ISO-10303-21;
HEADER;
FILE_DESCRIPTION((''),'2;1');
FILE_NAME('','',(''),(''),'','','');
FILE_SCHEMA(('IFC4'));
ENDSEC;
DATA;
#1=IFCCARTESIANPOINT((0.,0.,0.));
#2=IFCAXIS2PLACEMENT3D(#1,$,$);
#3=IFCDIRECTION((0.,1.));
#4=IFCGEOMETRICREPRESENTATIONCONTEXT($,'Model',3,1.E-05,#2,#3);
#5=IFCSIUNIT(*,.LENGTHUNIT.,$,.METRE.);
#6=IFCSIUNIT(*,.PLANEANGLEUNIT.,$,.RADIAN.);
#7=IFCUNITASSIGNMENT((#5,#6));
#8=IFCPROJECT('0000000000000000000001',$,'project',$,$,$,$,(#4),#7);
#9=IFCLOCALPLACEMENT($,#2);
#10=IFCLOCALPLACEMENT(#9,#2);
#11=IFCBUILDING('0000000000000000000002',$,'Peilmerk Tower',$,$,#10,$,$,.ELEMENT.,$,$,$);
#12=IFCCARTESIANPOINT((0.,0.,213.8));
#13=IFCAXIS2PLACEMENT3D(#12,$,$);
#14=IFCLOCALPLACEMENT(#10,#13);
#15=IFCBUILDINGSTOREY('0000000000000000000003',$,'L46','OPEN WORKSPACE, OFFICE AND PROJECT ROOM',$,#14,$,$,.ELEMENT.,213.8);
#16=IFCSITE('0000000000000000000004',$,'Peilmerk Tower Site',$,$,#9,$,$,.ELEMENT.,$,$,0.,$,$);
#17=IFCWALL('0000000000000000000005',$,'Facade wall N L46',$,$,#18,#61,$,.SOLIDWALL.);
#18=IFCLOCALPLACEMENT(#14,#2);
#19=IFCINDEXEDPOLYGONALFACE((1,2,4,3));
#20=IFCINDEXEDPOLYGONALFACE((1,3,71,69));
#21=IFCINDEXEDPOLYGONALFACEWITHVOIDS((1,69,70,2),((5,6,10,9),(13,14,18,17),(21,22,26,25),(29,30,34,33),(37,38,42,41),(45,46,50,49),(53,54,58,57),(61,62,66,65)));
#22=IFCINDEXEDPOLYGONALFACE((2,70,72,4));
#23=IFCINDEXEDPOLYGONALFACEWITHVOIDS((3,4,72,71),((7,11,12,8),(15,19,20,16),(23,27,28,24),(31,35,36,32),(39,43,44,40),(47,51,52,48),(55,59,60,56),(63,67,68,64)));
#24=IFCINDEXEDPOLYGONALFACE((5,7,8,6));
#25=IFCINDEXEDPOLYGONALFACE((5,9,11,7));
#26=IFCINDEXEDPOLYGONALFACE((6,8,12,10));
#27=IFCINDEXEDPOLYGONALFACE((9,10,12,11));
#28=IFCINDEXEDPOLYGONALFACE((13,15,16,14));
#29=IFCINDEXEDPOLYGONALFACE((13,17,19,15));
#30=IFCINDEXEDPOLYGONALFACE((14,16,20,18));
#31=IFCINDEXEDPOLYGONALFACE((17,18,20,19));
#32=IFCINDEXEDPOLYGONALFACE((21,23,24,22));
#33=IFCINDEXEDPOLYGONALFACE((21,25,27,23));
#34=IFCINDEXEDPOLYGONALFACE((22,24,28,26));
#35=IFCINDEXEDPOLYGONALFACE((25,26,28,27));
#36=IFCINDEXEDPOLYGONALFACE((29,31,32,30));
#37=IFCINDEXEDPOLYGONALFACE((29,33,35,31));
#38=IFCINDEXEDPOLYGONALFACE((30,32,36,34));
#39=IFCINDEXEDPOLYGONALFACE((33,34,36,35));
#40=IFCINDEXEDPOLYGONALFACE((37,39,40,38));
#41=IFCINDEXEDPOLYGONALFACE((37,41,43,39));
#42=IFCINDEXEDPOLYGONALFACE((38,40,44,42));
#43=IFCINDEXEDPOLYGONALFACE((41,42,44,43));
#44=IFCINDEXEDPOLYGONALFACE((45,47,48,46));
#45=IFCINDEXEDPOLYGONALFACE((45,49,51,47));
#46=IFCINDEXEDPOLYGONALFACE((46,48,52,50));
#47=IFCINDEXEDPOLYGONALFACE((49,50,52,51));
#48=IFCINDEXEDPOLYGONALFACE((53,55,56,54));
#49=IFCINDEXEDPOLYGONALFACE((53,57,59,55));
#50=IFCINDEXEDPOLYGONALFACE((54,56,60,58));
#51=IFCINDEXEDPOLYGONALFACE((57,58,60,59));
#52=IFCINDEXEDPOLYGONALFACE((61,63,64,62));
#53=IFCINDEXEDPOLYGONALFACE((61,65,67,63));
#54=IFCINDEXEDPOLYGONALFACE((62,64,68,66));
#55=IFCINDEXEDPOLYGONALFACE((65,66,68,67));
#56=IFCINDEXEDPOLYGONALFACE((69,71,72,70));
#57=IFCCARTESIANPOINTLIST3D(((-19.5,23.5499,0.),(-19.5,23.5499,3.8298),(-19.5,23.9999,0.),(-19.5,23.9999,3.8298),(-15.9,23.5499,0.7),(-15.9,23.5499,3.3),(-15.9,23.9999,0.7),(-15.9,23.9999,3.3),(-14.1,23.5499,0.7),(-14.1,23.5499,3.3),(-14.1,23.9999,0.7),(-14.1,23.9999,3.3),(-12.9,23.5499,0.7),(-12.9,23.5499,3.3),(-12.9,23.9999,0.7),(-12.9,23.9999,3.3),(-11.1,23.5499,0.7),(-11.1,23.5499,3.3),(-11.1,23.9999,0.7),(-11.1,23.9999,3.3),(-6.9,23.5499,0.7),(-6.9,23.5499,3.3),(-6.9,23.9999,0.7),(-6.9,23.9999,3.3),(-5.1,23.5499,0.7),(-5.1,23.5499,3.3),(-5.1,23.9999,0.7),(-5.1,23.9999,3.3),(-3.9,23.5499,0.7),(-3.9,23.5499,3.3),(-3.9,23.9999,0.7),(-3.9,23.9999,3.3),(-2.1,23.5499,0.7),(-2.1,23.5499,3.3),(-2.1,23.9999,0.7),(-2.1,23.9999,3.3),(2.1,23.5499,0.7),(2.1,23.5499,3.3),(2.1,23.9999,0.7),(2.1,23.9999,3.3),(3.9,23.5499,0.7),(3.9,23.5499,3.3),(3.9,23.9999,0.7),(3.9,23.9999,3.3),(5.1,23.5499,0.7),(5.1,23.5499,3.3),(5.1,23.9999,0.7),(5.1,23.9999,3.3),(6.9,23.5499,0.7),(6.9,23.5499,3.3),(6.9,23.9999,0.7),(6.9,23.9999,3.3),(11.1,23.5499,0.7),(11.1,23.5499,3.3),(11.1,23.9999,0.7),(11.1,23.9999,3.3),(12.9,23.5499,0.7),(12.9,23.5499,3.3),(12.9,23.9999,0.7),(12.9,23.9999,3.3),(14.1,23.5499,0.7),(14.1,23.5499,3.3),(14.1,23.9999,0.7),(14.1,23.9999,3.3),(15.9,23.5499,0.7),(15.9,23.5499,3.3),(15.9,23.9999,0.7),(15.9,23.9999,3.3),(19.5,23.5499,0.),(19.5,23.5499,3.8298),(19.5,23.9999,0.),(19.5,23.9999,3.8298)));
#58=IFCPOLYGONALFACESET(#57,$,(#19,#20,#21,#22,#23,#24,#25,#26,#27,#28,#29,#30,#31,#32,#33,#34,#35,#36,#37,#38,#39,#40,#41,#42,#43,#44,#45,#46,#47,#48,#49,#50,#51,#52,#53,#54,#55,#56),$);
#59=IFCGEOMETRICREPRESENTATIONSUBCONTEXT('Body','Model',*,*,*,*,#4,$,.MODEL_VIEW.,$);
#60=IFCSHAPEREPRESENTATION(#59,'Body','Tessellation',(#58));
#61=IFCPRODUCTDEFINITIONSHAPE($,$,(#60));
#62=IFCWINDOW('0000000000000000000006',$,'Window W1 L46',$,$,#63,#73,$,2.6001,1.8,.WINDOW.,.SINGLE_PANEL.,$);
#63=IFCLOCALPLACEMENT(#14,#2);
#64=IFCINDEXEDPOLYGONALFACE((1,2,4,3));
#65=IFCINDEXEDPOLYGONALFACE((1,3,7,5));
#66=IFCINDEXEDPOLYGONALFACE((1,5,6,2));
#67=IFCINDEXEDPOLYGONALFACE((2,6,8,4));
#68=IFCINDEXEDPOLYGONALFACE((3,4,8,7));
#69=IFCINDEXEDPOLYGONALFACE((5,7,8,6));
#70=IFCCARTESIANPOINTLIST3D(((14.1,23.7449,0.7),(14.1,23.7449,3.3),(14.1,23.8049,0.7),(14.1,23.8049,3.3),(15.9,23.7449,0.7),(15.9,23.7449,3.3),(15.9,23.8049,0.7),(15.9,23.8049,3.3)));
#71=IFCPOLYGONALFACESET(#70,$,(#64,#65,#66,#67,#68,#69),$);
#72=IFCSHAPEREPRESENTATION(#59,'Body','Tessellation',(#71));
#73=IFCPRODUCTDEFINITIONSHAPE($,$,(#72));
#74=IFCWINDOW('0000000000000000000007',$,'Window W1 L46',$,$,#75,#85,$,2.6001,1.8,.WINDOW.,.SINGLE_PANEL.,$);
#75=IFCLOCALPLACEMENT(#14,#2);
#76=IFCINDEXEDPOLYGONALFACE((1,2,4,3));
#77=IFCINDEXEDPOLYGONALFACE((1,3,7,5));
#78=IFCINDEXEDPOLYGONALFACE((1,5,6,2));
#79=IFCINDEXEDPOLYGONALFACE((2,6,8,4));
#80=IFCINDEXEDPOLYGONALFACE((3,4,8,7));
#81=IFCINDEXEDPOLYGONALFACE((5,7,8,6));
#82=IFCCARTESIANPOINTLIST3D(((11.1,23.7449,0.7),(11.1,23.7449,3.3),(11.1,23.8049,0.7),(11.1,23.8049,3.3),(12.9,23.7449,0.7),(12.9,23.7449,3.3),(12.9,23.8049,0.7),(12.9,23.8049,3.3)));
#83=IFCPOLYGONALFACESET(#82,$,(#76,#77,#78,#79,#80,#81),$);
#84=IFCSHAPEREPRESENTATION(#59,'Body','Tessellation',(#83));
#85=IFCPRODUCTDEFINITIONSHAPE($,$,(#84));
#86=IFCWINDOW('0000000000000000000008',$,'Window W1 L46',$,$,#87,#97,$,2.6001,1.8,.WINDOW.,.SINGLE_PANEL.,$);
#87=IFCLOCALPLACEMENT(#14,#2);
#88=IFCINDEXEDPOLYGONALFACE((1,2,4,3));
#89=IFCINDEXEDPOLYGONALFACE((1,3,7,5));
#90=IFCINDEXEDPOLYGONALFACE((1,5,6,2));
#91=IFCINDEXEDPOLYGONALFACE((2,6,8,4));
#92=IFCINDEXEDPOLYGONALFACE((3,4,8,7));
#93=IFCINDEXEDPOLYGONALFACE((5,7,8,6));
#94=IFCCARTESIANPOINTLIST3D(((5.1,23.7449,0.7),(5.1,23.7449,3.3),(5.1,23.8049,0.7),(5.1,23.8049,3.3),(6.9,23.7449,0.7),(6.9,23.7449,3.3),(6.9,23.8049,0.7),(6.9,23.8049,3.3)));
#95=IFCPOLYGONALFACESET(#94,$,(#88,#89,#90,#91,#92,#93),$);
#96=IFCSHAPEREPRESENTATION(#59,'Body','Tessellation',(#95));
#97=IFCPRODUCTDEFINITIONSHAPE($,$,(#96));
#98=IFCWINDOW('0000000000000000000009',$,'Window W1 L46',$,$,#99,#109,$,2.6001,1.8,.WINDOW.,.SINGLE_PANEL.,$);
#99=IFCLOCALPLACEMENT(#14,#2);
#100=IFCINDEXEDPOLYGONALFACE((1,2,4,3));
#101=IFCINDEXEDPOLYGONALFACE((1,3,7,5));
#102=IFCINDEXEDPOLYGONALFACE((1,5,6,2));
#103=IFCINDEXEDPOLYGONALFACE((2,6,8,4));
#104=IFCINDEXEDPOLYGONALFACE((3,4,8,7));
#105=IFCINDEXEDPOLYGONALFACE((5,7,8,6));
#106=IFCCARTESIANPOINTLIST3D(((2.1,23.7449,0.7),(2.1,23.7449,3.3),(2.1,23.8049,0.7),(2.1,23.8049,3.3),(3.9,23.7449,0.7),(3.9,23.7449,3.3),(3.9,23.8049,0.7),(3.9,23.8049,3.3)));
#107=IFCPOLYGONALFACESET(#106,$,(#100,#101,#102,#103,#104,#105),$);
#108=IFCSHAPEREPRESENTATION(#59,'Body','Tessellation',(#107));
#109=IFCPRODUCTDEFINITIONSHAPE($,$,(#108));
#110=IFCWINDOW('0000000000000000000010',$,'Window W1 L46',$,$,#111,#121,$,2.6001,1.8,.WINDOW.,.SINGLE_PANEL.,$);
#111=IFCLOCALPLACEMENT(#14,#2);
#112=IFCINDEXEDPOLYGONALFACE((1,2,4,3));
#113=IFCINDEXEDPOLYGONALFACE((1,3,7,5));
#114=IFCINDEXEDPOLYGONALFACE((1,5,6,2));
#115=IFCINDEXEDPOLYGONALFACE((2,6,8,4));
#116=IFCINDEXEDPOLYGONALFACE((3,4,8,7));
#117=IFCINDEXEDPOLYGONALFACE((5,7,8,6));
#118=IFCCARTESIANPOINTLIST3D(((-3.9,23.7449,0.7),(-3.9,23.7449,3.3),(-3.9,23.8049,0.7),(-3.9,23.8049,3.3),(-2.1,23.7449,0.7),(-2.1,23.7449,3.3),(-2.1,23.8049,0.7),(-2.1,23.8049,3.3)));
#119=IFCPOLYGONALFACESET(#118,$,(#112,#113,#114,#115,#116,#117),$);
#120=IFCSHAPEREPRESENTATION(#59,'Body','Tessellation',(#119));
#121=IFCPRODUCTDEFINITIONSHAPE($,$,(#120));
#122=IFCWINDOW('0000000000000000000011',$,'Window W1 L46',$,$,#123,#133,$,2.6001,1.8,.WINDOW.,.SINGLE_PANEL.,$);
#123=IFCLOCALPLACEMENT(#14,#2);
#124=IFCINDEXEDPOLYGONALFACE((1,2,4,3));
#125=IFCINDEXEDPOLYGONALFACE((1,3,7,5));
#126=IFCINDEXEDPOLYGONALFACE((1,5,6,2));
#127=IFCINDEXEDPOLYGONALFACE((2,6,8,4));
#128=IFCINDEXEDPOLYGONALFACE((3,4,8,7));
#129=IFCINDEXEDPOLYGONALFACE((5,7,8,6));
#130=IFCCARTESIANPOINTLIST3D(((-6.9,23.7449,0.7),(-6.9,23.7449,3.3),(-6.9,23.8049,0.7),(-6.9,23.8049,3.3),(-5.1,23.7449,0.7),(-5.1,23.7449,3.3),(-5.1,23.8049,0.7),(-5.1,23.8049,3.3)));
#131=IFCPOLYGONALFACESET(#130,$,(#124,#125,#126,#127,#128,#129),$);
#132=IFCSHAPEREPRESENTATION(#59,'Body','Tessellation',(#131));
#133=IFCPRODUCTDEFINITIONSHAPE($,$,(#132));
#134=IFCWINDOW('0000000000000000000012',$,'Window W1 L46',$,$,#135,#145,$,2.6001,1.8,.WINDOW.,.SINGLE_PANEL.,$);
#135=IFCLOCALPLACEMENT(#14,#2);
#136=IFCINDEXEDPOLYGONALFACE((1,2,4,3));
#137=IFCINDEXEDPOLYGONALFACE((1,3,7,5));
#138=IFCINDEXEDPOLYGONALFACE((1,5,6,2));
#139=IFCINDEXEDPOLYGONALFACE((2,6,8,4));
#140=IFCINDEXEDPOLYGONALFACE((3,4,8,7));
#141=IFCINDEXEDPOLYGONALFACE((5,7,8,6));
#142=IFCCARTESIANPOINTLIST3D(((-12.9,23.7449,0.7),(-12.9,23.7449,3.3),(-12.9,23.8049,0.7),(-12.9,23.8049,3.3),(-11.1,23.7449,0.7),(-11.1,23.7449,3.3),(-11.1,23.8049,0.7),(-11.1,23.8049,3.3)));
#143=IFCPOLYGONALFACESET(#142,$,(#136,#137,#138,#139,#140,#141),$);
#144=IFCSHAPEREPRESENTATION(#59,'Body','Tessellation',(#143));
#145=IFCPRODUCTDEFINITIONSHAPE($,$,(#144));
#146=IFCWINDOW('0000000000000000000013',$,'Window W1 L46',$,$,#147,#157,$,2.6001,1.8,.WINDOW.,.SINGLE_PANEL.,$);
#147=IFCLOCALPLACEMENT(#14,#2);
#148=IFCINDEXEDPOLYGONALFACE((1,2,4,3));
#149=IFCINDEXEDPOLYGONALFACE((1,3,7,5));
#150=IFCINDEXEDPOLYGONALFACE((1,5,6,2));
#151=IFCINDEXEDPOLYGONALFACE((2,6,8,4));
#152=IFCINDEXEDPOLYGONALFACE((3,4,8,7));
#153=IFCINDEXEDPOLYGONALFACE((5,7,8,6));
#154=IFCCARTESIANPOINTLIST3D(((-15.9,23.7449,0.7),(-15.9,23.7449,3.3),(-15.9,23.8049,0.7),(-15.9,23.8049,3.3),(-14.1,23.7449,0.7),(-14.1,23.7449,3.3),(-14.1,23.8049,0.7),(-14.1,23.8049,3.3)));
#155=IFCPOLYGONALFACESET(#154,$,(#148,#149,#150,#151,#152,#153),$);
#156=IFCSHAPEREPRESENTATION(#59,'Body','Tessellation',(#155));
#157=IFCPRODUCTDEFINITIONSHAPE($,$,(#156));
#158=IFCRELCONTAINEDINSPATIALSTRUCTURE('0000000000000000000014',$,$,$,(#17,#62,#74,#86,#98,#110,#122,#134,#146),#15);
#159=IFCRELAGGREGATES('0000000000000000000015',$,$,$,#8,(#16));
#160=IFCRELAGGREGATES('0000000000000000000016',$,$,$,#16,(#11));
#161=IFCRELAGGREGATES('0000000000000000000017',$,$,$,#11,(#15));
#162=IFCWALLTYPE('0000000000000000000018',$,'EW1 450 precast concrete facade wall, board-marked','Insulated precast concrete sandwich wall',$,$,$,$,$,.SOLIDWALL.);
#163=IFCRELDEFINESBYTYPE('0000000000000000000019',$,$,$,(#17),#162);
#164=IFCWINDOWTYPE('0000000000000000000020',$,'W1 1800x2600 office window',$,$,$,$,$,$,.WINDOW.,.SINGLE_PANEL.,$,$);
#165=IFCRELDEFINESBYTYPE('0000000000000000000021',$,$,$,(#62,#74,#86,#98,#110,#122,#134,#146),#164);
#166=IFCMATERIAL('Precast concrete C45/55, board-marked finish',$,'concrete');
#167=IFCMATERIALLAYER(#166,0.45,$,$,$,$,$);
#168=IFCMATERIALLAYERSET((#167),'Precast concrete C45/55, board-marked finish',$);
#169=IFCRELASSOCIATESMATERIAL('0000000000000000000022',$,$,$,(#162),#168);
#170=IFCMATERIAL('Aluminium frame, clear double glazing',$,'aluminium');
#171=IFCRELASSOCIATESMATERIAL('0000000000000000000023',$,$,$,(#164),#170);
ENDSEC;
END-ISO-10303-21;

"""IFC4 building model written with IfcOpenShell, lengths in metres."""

from ifc_helpers import new_model, si_unit, direction, frame, frame_2d, origin, place, context, subcontext, project, spatial, rectangle, extrude, material, layer, layer_set, type_object, element, fill, save


model = new_model("IFC4")

# Units and contexts
model_context = context("Model", 3, precision=1e-05, world=origin(), true_north=direction((0.0, 1.0)))
body_context = subcontext(model_context, "Body", "Model", "MODEL_VIEW")
ifc_project = project(units=[si_unit("LENGTHUNIT", "METRE"), si_unit("PLANEANGLEUNIT", "RADIAN")], contexts=[model_context])

# Site, building, storey
site_placement = place(None, origin())
site = spatial("IfcSite", under=ifc_project, at=site_placement, Name="Peilmerk Tower Site", CompositionType="ELEMENT", RefElevation=0.0)
building_placement = place(site_placement, origin())
building = spatial("IfcBuilding", under=site, at=building_placement, Name="Peilmerk Tower", CompositionType="ELEMENT")
storey_placement = place(building_placement, frame((0.0, 0.0, 213.8)))
storey = spatial("IfcBuildingStorey", under=building, at=storey_placement, Name="L46", Description="OPEN WORKSPACE, OFFICE AND PROJECT ROOM", CompositionType="ELEMENT", Elevation=213.8)

# Wall, openings, windows
ifc_material_1 = material(Name="Precast concrete C45/55, board-marked finish", Category="concrete")
ifc_layer_1 = layer(ifc_material_1, 0.45)
ifc_layer_set_1 = layer_set([ifc_layer_1], Name="Precast concrete C45/55, board-marked finish")
wall_type = type_object("IfcWallType", Name="EW1 450 precast concrete facade wall, board-marked", Description="Insulated precast concrete sandwich wall", PredefinedType="SOLIDWALL", material=ifc_layer_set_1)
wall_placement = place(storey_placement, frame((19.5, 23.7749, 0.0), z_axis=(0.0, 0.0, 1.0), x_axis=(-1.0, 0.0, 0.0)))
wall = element("IfcWall", 1, at=wall_placement, inside=storey, type_object=wall_type, Name="Facade wall N L46", PredefinedType="SOLIDWALL", context=body_context, shape_type="SweptSolid", body=[
    extrude(rectangle(XDim=39.0, YDim=0.45, at=frame_2d((19.5, 0.0))), origin(), (0.0, 0.0, 1.0), 3.8298),
])
opening_1_placement = place(wall_placement, frame((3.6001, 0.0, 0.7)))
opening_1 = element("IfcOpeningElement", 2, at=opening_1_placement, cuts=wall, PredefinedType="OPENING", context=body_context, shape_type="SweptSolid", body=[
    extrude(rectangle(XDim=1.8, YDim=2.6001, at=frame_2d((0.8999, 1.3))), frame((0.0, 0.2349, 0.0), z_axis=(0.0, -1.0, 0.0), x_axis=(1.0, 0.0, 0.0)), (0.0, 0.0, 1.0), 0.47),
])
opening_2_placement = place(wall_placement, frame((6.6001, 0.0, 0.7)))
opening_2 = element("IfcOpeningElement", 3, at=opening_2_placement, cuts=wall, PredefinedType="OPENING", context=body_context, shape_type="SweptSolid", body=[
    extrude(rectangle(XDim=1.8, YDim=2.6001, at=frame_2d((0.8999, 1.3))), frame((0.0, 0.2349, 0.0), z_axis=(0.0, -1.0, 0.0), x_axis=(1.0, 0.0, 0.0)), (0.0, 0.0, 1.0), 0.47),
])
opening_3_placement = place(wall_placement, frame((12.6001, 0.0, 0.7)))
opening_3 = element("IfcOpeningElement", 4, at=opening_3_placement, cuts=wall, PredefinedType="OPENING", context=body_context, shape_type="SweptSolid", body=[
    extrude(rectangle(XDim=1.8, YDim=2.6001, at=frame_2d((0.8999, 1.3))), frame((0.0, 0.2349, 0.0), z_axis=(0.0, -1.0, 0.0), x_axis=(1.0, 0.0, 0.0)), (0.0, 0.0, 1.0), 0.47),
])
opening_4_placement = place(wall_placement, frame((15.6001, 0.0, 0.7)))
opening_4 = element("IfcOpeningElement", 5, at=opening_4_placement, cuts=wall, PredefinedType="OPENING", context=body_context, shape_type="SweptSolid", body=[
    extrude(rectangle(XDim=1.8, YDim=2.6001, at=frame_2d((0.8999, 1.3))), frame((0.0, 0.2349, 0.0), z_axis=(0.0, -1.0, 0.0), x_axis=(1.0, 0.0, 0.0)), (0.0, 0.0, 1.0), 0.47),
])
opening_5_placement = place(wall_placement, frame((21.6001, 0.0, 0.7)))
opening_5 = element("IfcOpeningElement", 6, at=opening_5_placement, cuts=wall, PredefinedType="OPENING", context=body_context, shape_type="SweptSolid", body=[
    extrude(rectangle(XDim=1.8, YDim=2.6001, at=frame_2d((0.8999, 1.3))), frame((0.0, 0.2349, 0.0), z_axis=(0.0, -1.0, 0.0), x_axis=(1.0, 0.0, 0.0)), (0.0, 0.0, 1.0), 0.47),
])
opening_6_placement = place(wall_placement, frame((24.6001, 0.0, 0.7)))
opening_6 = element("IfcOpeningElement", 7, at=opening_6_placement, cuts=wall, PredefinedType="OPENING", context=body_context, shape_type="SweptSolid", body=[
    extrude(rectangle(XDim=1.8, YDim=2.6001, at=frame_2d((0.8999, 1.3))), frame((0.0, 0.2349, 0.0), z_axis=(0.0, -1.0, 0.0), x_axis=(1.0, 0.0, 0.0)), (0.0, 0.0, 1.0), 0.47),
])
opening_7_placement = place(wall_placement, frame((30.6001, 0.0, 0.7)))
opening_7 = element("IfcOpeningElement", 8, at=opening_7_placement, cuts=wall, PredefinedType="OPENING", context=body_context, shape_type="SweptSolid", body=[
    extrude(rectangle(XDim=1.8, YDim=2.6001, at=frame_2d((0.8999, 1.3))), frame((0.0, 0.2349, 0.0), z_axis=(0.0, -1.0, 0.0), x_axis=(1.0, 0.0, 0.0)), (0.0, 0.0, 1.0), 0.47),
])
opening_8_placement = place(wall_placement, frame((33.6001, 0.0, 0.7)))
opening_8 = element("IfcOpeningElement", 9, at=opening_8_placement, cuts=wall, PredefinedType="OPENING", context=body_context, shape_type="SweptSolid", body=[
    extrude(rectangle(XDim=1.8, YDim=2.6001, at=frame_2d((0.8999, 1.3))), frame((0.0, 0.2349, 0.0), z_axis=(0.0, -1.0, 0.0), x_axis=(1.0, 0.0, 0.0)), (0.0, 0.0, 1.0), 0.47),
])
ifc_material_2 = material(Name="Aluminium frame, clear double glazing", Category="aluminium")
window_type = type_object("IfcWindowType", Name="W1 1800x2600 office window", PartitioningType="SINGLE_PANEL", PredefinedType="WINDOW", material=ifc_material_2)
window_1_placement = place(opening_1_placement, origin())
window_1 = element("IfcWindow", 10, at=window_1_placement, inside=storey, type_object=window_type, Name="Window W1 L46", OverallHeight=2.6001, OverallWidth=1.8, PartitioningType="SINGLE_PANEL", PredefinedType="WINDOW", context=body_context, shape_type="SweptSolid", body=[
    extrude(rectangle(XDim=1.8, YDim=2.6001, at=frame_2d((0.8999, 1.3))), frame((0.0, 0.03, 0.0), z_axis=(0.0, -1.0, 0.0), x_axis=(1.0, 0.0, 0.0)), (0.0, 0.0, 1.0), 0.0601),
])
fill(opening_1, window_1)
window_2_placement = place(opening_2_placement, origin())
window_2 = element("IfcWindow", 11, at=window_2_placement, inside=storey, type_object=window_type, Name="Window W1 L46", OverallHeight=2.6001, OverallWidth=1.8, PartitioningType="SINGLE_PANEL", PredefinedType="WINDOW", context=body_context, shape_type="SweptSolid", body=[
    extrude(rectangle(XDim=1.8, YDim=2.6001, at=frame_2d((0.8999, 1.3))), frame((0.0, 0.03, 0.0), z_axis=(0.0, -1.0, 0.0), x_axis=(1.0, 0.0, 0.0)), (0.0, 0.0, 1.0), 0.0601),
])
fill(opening_2, window_2)
window_3_placement = place(opening_3_placement, origin())
window_3 = element("IfcWindow", 12, at=window_3_placement, inside=storey, type_object=window_type, Name="Window W1 L46", OverallHeight=2.6001, OverallWidth=1.8, PartitioningType="SINGLE_PANEL", PredefinedType="WINDOW", context=body_context, shape_type="SweptSolid", body=[
    extrude(rectangle(XDim=1.8, YDim=2.6001, at=frame_2d((0.8999, 1.3))), frame((0.0, 0.03, 0.0), z_axis=(0.0, -1.0, 0.0), x_axis=(1.0, 0.0, 0.0)), (0.0, 0.0, 1.0), 0.0601),
])
fill(opening_3, window_3)
window_4_placement = place(opening_4_placement, origin())
window_4 = element("IfcWindow", 13, at=window_4_placement, inside=storey, type_object=window_type, Name="Window W1 L46", OverallHeight=2.6001, OverallWidth=1.8, PartitioningType="SINGLE_PANEL", PredefinedType="WINDOW", context=body_context, shape_type="SweptSolid", body=[
    extrude(rectangle(XDim=1.8, YDim=2.6001, at=frame_2d((0.8999, 1.3))), frame((0.0, 0.03, 0.0), z_axis=(0.0, -1.0, 0.0), x_axis=(1.0, 0.0, 0.0)), (0.0, 0.0, 1.0), 0.0601),
])
fill(opening_4, window_4)
window_5_placement = place(opening_5_placement, origin())
window_5 = element("IfcWindow", 14, at=window_5_placement, inside=storey, type_object=window_type, Name="Window W1 L46", OverallHeight=2.6001, OverallWidth=1.8, PartitioningType="SINGLE_PANEL", PredefinedType="WINDOW", context=body_context, shape_type="SweptSolid", body=[
    extrude(rectangle(XDim=1.8, YDim=2.6001, at=frame_2d((0.8999, 1.3))), frame((0.0, 0.03, 0.0), z_axis=(0.0, -1.0, 0.0), x_axis=(1.0, 0.0, 0.0)), (0.0, 0.0, 1.0), 0.0601),
])
fill(opening_5, window_5)
window_6_placement = place(opening_6_placement, origin())
window_6 = element("IfcWindow", 15, at=window_6_placement, inside=storey, type_object=window_type, Name="Window W1 L46", OverallHeight=2.6001, OverallWidth=1.8, PartitioningType="SINGLE_PANEL", PredefinedType="WINDOW", context=body_context, shape_type="SweptSolid", body=[
    extrude(rectangle(XDim=1.8, YDim=2.6001, at=frame_2d((0.8999, 1.3))), frame((0.0, 0.03, 0.0), z_axis=(0.0, -1.0, 0.0), x_axis=(1.0, 0.0, 0.0)), (0.0, 0.0, 1.0), 0.0601),
])
fill(opening_6, window_6)
window_7_placement = place(opening_7_placement, origin())
window_7 = element("IfcWindow", 16, at=window_7_placement, inside=storey, type_object=window_type, Name="Window W1 L46", OverallHeight=2.6001, OverallWidth=1.8, PartitioningType="SINGLE_PANEL", PredefinedType="WINDOW", context=body_context, shape_type="SweptSolid", body=[
    extrude(rectangle(XDim=1.8, YDim=2.6001, at=frame_2d((0.8999, 1.3))), frame((0.0, 0.03, 0.0), z_axis=(0.0, -1.0, 0.0), x_axis=(1.0, 0.0, 0.0)), (0.0, 0.0, 1.0), 0.0601),
])
fill(opening_7, window_7)
window_8_placement = place(opening_8_placement, origin())
window_8 = element("IfcWindow", 17, at=window_8_placement, inside=storey, type_object=window_type, Name="Window W1 L46", OverallHeight=2.6001, OverallWidth=1.8, PartitioningType="SINGLE_PANEL", PredefinedType="WINDOW", context=body_context, shape_type="SweptSolid", body=[
    extrude(rectangle(XDim=1.8, YDim=2.6001, at=frame_2d((0.8999, 1.3))), frame((0.0, 0.03, 0.0), z_axis=(0.0, -1.0, 0.0), x_axis=(1.0, 0.0, 0.0)), (0.0, 0.0, 1.0), 0.0601),
])
fill(opening_8, window_8)

save(model, "model.ifc")
